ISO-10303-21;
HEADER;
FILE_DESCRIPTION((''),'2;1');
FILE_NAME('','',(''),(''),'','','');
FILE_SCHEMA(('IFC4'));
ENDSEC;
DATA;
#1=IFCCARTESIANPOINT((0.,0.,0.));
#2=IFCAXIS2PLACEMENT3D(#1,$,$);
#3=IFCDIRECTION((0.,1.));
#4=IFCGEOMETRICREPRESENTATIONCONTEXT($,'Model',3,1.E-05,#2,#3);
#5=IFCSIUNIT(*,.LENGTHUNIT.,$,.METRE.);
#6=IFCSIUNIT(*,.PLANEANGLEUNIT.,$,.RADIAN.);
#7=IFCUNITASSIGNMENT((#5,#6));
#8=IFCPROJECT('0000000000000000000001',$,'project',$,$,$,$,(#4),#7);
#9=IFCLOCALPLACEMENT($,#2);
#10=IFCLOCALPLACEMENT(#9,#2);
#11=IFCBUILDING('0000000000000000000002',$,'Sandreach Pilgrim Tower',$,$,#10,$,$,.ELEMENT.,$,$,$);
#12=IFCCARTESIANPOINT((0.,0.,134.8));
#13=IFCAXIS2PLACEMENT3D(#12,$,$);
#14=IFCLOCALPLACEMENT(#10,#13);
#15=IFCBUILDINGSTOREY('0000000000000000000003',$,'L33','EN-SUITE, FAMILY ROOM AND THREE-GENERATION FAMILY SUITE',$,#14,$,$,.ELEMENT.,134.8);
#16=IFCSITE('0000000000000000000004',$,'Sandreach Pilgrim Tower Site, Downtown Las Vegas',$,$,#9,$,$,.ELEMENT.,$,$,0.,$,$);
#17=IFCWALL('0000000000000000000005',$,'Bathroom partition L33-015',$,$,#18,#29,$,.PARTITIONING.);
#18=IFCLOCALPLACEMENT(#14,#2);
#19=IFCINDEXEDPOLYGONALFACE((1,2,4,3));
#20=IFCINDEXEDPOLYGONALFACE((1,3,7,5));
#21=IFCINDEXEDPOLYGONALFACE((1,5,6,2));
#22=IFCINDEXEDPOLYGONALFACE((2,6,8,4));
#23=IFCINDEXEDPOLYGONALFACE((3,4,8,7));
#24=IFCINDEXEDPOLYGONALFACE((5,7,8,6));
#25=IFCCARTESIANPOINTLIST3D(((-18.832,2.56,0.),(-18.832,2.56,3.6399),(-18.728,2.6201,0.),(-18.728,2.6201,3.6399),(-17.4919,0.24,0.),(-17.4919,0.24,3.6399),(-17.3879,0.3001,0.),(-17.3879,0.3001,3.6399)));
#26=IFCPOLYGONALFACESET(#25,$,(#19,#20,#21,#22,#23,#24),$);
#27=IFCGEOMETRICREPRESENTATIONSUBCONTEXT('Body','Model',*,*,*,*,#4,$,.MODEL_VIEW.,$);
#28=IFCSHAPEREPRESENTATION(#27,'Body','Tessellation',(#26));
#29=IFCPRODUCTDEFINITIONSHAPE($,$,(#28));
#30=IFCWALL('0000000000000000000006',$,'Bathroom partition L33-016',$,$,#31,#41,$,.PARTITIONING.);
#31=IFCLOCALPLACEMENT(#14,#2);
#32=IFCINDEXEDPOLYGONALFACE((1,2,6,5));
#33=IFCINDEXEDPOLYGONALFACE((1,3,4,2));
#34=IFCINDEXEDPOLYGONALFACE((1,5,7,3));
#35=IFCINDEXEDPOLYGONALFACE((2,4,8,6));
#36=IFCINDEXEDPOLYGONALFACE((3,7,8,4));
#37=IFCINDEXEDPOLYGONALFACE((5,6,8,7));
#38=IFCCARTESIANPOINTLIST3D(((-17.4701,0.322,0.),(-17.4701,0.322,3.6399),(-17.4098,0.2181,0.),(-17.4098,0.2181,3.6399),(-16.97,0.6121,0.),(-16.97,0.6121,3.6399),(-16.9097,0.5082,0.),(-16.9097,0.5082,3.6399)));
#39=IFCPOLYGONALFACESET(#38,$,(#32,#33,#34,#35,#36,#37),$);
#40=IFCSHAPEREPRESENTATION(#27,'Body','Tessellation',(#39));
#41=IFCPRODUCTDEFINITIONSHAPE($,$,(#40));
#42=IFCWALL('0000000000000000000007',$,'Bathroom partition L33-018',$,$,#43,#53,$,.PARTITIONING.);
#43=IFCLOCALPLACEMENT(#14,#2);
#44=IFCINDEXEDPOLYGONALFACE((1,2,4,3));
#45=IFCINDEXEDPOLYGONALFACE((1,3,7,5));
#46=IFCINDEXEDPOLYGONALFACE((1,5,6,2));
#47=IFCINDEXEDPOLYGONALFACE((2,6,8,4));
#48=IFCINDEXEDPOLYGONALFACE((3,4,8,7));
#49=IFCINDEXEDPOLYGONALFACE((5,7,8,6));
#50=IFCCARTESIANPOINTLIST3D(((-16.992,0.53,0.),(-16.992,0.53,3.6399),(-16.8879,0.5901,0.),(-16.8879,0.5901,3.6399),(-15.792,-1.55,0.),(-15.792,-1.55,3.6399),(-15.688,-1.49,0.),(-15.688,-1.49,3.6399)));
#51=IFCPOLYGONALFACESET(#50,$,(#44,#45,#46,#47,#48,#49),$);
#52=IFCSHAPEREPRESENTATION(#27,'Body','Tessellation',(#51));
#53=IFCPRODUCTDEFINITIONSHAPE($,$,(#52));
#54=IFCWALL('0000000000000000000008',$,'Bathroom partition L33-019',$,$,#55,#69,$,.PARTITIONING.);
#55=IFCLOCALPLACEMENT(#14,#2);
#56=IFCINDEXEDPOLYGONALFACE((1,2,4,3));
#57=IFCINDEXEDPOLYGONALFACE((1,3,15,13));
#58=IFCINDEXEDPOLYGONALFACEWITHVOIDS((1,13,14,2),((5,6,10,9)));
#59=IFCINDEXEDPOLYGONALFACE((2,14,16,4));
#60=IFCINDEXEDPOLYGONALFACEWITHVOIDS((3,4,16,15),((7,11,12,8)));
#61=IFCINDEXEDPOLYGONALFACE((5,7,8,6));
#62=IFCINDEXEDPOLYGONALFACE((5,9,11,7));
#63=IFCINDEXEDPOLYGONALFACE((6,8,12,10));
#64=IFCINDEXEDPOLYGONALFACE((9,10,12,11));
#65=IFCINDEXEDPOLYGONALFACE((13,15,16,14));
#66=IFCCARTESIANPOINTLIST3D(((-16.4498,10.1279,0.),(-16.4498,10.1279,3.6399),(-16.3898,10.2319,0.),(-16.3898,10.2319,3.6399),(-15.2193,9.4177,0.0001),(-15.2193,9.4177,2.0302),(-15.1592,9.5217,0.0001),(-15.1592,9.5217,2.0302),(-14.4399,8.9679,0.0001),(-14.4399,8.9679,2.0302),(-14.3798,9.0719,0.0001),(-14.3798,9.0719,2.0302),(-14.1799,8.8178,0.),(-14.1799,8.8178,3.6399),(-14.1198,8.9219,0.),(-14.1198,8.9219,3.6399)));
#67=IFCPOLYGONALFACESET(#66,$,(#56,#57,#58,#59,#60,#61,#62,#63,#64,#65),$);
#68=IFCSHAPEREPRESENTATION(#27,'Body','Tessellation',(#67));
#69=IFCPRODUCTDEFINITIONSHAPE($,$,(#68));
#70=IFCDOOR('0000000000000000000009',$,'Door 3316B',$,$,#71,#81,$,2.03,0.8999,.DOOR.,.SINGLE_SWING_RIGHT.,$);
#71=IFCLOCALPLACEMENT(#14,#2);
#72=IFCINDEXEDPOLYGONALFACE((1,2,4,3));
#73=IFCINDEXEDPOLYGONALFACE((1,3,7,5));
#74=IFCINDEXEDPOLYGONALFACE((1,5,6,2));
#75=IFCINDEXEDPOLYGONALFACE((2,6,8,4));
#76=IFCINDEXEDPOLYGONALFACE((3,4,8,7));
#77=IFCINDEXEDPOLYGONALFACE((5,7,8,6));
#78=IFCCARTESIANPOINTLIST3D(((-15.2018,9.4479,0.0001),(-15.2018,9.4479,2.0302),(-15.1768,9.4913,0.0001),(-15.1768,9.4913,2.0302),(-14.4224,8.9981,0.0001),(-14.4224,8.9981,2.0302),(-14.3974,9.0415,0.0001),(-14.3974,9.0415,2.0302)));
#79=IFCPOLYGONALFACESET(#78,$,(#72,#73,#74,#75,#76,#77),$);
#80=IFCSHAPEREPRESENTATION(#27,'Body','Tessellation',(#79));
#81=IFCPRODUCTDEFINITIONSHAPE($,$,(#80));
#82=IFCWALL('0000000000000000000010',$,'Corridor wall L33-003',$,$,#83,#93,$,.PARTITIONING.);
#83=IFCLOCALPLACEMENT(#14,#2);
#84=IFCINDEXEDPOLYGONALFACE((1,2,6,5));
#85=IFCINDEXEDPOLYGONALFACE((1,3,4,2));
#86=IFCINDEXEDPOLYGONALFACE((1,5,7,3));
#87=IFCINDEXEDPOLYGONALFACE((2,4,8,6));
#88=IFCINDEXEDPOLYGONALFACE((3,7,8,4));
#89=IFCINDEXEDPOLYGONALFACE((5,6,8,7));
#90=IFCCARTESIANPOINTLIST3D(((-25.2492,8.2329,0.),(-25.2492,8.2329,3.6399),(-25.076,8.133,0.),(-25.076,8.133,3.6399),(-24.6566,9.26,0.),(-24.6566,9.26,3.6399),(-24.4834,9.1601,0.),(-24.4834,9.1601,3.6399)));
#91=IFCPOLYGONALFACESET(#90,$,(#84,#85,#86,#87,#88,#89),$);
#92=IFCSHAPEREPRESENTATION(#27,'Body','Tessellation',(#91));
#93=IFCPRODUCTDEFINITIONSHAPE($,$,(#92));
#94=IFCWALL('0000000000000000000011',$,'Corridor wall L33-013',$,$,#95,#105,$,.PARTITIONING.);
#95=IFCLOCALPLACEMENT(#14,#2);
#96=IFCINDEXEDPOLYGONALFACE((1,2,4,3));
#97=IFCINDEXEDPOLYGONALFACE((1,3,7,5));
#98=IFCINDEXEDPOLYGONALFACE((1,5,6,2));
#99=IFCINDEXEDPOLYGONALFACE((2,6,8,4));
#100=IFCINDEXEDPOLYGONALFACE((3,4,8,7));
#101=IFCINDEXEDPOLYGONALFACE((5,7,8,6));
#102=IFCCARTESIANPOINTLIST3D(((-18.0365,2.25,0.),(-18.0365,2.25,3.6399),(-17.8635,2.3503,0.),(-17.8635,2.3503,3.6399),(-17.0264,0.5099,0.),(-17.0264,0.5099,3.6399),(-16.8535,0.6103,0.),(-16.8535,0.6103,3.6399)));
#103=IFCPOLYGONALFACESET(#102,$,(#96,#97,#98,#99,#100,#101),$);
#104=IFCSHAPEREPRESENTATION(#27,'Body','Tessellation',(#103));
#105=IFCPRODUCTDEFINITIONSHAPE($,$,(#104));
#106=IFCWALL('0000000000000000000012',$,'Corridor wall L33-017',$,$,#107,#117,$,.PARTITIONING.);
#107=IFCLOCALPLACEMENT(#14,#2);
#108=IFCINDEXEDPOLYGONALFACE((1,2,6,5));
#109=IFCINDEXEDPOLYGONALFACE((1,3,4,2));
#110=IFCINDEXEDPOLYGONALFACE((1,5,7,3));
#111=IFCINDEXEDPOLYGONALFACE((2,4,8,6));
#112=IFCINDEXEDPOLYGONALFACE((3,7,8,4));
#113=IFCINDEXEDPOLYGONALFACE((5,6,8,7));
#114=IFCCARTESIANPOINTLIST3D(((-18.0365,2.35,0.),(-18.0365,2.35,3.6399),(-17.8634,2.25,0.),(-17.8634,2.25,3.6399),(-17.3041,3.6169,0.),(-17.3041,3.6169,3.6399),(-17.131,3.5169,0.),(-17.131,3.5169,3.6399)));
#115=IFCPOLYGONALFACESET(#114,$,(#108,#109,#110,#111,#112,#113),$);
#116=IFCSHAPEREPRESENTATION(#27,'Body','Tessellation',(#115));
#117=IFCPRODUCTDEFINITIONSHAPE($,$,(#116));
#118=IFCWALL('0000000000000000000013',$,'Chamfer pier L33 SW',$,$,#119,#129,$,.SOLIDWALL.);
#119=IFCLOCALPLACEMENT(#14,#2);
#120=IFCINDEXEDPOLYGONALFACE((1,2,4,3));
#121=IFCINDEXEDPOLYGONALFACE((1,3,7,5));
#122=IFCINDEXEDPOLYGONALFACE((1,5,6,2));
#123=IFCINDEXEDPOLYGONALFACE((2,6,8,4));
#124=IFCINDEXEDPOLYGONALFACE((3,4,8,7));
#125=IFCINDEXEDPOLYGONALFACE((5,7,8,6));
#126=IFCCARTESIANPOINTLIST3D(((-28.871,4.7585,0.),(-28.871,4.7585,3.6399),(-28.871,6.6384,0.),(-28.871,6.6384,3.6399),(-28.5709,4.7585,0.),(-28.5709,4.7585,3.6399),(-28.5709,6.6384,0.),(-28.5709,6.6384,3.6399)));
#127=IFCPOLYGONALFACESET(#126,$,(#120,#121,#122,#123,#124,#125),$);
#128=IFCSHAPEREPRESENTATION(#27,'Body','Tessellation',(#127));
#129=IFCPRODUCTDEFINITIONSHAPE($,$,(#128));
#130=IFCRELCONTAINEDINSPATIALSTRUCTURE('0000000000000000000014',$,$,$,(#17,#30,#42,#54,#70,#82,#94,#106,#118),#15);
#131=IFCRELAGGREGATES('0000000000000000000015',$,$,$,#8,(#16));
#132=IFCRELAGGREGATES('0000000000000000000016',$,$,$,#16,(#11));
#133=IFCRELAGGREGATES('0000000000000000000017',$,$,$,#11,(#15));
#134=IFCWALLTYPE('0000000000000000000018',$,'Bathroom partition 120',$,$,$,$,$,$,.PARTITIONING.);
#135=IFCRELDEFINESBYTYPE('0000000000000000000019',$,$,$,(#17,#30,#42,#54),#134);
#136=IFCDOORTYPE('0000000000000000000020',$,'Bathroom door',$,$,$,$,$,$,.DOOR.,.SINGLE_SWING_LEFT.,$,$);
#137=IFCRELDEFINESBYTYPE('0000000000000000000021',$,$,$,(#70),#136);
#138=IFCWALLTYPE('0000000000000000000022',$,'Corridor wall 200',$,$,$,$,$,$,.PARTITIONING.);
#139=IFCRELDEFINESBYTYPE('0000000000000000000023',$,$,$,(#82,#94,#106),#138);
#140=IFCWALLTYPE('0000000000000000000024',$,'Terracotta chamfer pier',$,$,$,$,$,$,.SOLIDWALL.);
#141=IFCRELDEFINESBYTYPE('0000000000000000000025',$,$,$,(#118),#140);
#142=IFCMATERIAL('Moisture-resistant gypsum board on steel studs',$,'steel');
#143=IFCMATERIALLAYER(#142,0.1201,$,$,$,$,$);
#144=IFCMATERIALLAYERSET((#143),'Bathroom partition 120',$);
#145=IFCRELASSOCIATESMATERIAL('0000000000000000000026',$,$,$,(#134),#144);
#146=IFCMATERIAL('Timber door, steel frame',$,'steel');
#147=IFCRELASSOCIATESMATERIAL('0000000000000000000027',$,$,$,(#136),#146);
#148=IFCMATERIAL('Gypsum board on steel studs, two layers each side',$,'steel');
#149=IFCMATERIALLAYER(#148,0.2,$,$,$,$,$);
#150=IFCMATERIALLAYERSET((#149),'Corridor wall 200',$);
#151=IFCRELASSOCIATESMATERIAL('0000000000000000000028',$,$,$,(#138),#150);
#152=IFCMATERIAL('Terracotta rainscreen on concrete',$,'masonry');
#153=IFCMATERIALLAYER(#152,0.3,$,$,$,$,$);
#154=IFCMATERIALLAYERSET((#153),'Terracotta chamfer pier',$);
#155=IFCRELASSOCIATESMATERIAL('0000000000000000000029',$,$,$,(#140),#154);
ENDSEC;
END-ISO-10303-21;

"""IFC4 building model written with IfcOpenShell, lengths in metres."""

from ifc_helpers import new_model, si_unit, direction, frame, frame_2d, origin, place, context, subcontext, project, spatial, rectangle, extrude, material, layer, layer_set, type_object, element, fill, save


model = new_model("IFC4")

# Units and contexts
model_context = context("Model", 3, precision=1e-05, world=origin(), true_north=direction((0.0, 1.0)))
body_context = subcontext(model_context, "Body", "Model", "MODEL_VIEW")
ifc_project = project(units=[si_unit("LENGTHUNIT", "METRE"), si_unit("PLANEANGLEUNIT", "RADIAN")], contexts=[model_context])

# Site, building, storey
site_placement = place(None, origin())
site = spatial("IfcSite", under=ifc_project, at=site_placement, Name="Sandreach Pilgrim Tower Site, Downtown Las Vegas", CompositionType="ELEMENT", RefElevation=0.0)
building_placement = place(site_placement, origin())
building = spatial("IfcBuilding", under=site, at=building_placement, Name="Sandreach Pilgrim Tower", CompositionType="ELEMENT")
storey_placement = place(building_placement, frame((0.0, 0.0, 134.8)))
storey = spatial("IfcBuildingStorey", under=building, at=storey_placement, Name="L33", Description="EN-SUITE, FAMILY ROOM AND THREE-GENERATION FAMILY SUITE", CompositionType="ELEMENT", Elevation=134.8)

# Shared definitions
ifc_material_1 = material(Name="Moisture-resistant gypsum board on steel studs", Category="steel")
ifc_layer_1 = layer(ifc_material_1, 0.1201)
ifc_layer_set_1 = layer_set([ifc_layer_1], Name="Bathroom partition 120")
wall_type_1 = type_object("IfcWallType", Name="Bathroom partition 120", PredefinedType="PARTITIONING", material=ifc_layer_set_1)
ifc_material_2 = material(Name="Timber door, steel frame", Category="steel")
door_type_1 = type_object("IfcDoorType", Name="Bathroom door", OperationType="SINGLE_SWING_LEFT", PredefinedType="DOOR", material=ifc_material_2)

# Walls
wall_1_placement = place(storey_placement, frame((-17.4399, 0.27, 0.0), z_axis=(0.0, 0.0, 1.0), x_axis=(-0.500167, 0.865929, 0.0)))
element("IfcWall", 1, at=wall_1_placement, inside=storey, type_object=wall_type_1, Name="Bathroom partition L33-015", PredefinedType="PARTITIONING", context=body_context, shape_type="SweptSolid", body=[
    extrude(rectangle(XDim=2.6792, YDim=0.1201, at=frame_2d((1.3396, 0.0))), origin(), (0.0, 0.0, 1.0), 3.6399),
])
wall_2_placement = place(storey_placement, frame((-17.4399, 0.27, 0.0), z_axis=(0.0, 0.0, 1.0), x_axis=(0.865002, 0.501769, 0.0)))
element("IfcWall", 2, at=wall_2_placement, inside=storey, type_object=wall_type_1, Name="Bathroom partition L33-016", PredefinedType="PARTITIONING", context=body_context, shape_type="SweptSolid", body=[
    extrude(rectangle(XDim=0.5781, YDim=0.1201, at=frame_2d((0.2891, 0.0))), origin(), (0.0, 0.0, 1.0), 3.6399),
])
wall_3_placement = place(storey_placement, frame((-16.9399, 0.5601, 0.0), z_axis=(0.0, 0.0, 1.0), x_axis=(0.499693, -0.866203, 0.0)))
element("IfcWall", 3, at=wall_3_placement, inside=storey, type_object=wall_type_1, Name="Bathroom partition L33-018", PredefinedType="PARTITIONING", context=body_context, shape_type="SweptSolid", body=[
    extrude(rectangle(XDim=2.4014, YDim=0.1201, at=frame_2d((1.2007, 0.0))), origin(), (0.0, 0.0, 1.0), 3.6399),
])

# Wall, opening, door
wall_4_placement = place(storey_placement, frame((-16.4199, 10.1799, 0.0), z_axis=(0.0, 0.0, 1.0), x_axis=(0.866114, -0.499846, 0.0)))
wall_4 = element("IfcWall", 4, at=wall_4_placement, inside=storey, type_object=wall_type_1, Name="Bathroom partition L33-019", PredefinedType="PARTITIONING", context=body_context, shape_type="SweptSolid", body=[
    extrude(rectangle(XDim=2.6208, YDim=0.1201, at=frame_2d((1.3105, 0.0))), origin(), (0.0, 0.0, 1.0), 3.6399),
])
opening_1_placement = place(wall_4_placement, frame((1.4209, 0.0, 0.0)))
opening_1 = element("IfcOpeningElement", 5, at=opening_1_placement, cuts=wall_4, PredefinedType="OPENING", context=body_context, shape_type="SweptSolid", body=[
    extrude(rectangle(XDim=0.8999, YDim=2.03, at=frame_2d((0.45, 1.0151))), frame((0.0, 0.0601, 0.0), z_axis=(0.0, -1.0, 0.0), x_axis=(1.0, 0.0, 0.0)), (0.0, 0.0, 1.0), 0.1201),
])
door_1_placement = place(opening_1_placement, origin())
door_1 = element("IfcDoor", 6, at=door_1_placement, inside=storey, type_object=door_type_1, Name="Door 3316B", OperationType="SINGLE_SWING_RIGHT", OverallHeight=2.03, OverallWidth=0.8999, PredefinedType="DOOR", context=body_context, shape_type="SweptSolid", body=[
    extrude(rectangle(XDim=0.8999, YDim=2.03, at=frame_2d((0.45, 1.0151))), frame((0.0, 0.0249, 0.0), z_axis=(0.0, -1.0, 0.0), x_axis=(1.0, 0.0, 0.0)), (0.0, 0.0, 1.0), 0.05),
])
fill(opening_1, door_1)
ifc_material_3 = material(Name="Gypsum board on steel studs, two layers each side", Category="steel")
ifc_layer_2 = layer(ifc_material_3, 0.2)
ifc_layer_set_2 = layer_set([ifc_layer_2], Name="Corridor wall 200")
wall_type_2 = type_object("IfcWallType", Name="Corridor wall 200", PredefinedType="PARTITIONING", material=ifc_layer_set_2)

# Walls
wall_5_placement = place(storey_placement, frame((-24.5701, 9.21, 0.0), z_axis=(0.0, 0.0, 1.0), x_axis=(-0.499705, -0.866196, 0.0)))
element("IfcWall", 7, at=wall_5_placement, inside=storey, type_object=wall_type_2, Name="Corridor wall L33-003", PredefinedType="PARTITIONING", context=body_context, shape_type="SweptSolid", body=[
    extrude(rectangle(XDim=1.1858, YDim=0.2, at=frame_2d((0.5928, 0.0))), origin(), (0.0, 0.0, 1.0), 3.6399),
])
wall_6_placement = place(storey_placement, frame((-17.95, 2.3, 0.0), z_axis=(0.0, 0.0, 1.0), x_axis=(0.502021, -0.864855, 0.0)))
element("IfcWall", 8, at=wall_6_placement, inside=storey, type_object=wall_type_2, Name="Corridor wall L33-013", PredefinedType="PARTITIONING", context=body_context, shape_type="SweptSolid", body=[
    extrude(rectangle(XDim=2.012, YDim=0.2, at=frame_2d((1.0059, 0.0))), origin(), (0.0, 0.0, 1.0), 3.6399),
])
wall_7_placement = place(storey_placement, frame((-17.2175, 3.5669, 0.0), z_axis=(0.0, 0.0, 1.0), x_axis=(-0.500517, -0.865727, 0.0)))
element("IfcWall", 9, at=wall_7_placement, inside=storey, type_object=wall_type_2, Name="Corridor wall L33-017", PredefinedType="PARTITIONING", context=body_context, shape_type="SweptSolid", body=[
    extrude(rectangle(XDim=1.4634, YDim=0.2, at=frame_2d((0.7317, 0.0))), origin(), (0.0, 0.0, 1.0), 3.6399),
])
ifc_material_4 = material(Name="Terracotta rainscreen on concrete", Category="masonry")
ifc_layer_3 = layer(ifc_material_4, 0.3)
ifc_layer_set_3 = layer_set([ifc_layer_3], Name="Terracotta chamfer pier")
wall_type_3 = type_object("IfcWallType", Name="Terracotta chamfer pier", PredefinedType="SOLIDWALL", material=ifc_layer_set_3)
wall_8_placement = place(storey_placement, frame((-28.7209, 4.7585, 0.0), z_axis=(0.0, 0.0, 1.0), x_axis=(0.0, 1.0, 0.0)))
element("IfcWall", 10, at=wall_8_placement, inside=storey, type_object=wall_type_3, Name="Chamfer pier L33 SW", PredefinedType="SOLIDWALL", context=body_context, shape_type="SweptSolid", body=[
    extrude(rectangle(XDim=1.8799, YDim=0.3, at=frame_2d((0.9399, 0.0))), origin(), (0.0, 0.0, 1.0), 3.6399),
])

save(model, "model.ifc")
